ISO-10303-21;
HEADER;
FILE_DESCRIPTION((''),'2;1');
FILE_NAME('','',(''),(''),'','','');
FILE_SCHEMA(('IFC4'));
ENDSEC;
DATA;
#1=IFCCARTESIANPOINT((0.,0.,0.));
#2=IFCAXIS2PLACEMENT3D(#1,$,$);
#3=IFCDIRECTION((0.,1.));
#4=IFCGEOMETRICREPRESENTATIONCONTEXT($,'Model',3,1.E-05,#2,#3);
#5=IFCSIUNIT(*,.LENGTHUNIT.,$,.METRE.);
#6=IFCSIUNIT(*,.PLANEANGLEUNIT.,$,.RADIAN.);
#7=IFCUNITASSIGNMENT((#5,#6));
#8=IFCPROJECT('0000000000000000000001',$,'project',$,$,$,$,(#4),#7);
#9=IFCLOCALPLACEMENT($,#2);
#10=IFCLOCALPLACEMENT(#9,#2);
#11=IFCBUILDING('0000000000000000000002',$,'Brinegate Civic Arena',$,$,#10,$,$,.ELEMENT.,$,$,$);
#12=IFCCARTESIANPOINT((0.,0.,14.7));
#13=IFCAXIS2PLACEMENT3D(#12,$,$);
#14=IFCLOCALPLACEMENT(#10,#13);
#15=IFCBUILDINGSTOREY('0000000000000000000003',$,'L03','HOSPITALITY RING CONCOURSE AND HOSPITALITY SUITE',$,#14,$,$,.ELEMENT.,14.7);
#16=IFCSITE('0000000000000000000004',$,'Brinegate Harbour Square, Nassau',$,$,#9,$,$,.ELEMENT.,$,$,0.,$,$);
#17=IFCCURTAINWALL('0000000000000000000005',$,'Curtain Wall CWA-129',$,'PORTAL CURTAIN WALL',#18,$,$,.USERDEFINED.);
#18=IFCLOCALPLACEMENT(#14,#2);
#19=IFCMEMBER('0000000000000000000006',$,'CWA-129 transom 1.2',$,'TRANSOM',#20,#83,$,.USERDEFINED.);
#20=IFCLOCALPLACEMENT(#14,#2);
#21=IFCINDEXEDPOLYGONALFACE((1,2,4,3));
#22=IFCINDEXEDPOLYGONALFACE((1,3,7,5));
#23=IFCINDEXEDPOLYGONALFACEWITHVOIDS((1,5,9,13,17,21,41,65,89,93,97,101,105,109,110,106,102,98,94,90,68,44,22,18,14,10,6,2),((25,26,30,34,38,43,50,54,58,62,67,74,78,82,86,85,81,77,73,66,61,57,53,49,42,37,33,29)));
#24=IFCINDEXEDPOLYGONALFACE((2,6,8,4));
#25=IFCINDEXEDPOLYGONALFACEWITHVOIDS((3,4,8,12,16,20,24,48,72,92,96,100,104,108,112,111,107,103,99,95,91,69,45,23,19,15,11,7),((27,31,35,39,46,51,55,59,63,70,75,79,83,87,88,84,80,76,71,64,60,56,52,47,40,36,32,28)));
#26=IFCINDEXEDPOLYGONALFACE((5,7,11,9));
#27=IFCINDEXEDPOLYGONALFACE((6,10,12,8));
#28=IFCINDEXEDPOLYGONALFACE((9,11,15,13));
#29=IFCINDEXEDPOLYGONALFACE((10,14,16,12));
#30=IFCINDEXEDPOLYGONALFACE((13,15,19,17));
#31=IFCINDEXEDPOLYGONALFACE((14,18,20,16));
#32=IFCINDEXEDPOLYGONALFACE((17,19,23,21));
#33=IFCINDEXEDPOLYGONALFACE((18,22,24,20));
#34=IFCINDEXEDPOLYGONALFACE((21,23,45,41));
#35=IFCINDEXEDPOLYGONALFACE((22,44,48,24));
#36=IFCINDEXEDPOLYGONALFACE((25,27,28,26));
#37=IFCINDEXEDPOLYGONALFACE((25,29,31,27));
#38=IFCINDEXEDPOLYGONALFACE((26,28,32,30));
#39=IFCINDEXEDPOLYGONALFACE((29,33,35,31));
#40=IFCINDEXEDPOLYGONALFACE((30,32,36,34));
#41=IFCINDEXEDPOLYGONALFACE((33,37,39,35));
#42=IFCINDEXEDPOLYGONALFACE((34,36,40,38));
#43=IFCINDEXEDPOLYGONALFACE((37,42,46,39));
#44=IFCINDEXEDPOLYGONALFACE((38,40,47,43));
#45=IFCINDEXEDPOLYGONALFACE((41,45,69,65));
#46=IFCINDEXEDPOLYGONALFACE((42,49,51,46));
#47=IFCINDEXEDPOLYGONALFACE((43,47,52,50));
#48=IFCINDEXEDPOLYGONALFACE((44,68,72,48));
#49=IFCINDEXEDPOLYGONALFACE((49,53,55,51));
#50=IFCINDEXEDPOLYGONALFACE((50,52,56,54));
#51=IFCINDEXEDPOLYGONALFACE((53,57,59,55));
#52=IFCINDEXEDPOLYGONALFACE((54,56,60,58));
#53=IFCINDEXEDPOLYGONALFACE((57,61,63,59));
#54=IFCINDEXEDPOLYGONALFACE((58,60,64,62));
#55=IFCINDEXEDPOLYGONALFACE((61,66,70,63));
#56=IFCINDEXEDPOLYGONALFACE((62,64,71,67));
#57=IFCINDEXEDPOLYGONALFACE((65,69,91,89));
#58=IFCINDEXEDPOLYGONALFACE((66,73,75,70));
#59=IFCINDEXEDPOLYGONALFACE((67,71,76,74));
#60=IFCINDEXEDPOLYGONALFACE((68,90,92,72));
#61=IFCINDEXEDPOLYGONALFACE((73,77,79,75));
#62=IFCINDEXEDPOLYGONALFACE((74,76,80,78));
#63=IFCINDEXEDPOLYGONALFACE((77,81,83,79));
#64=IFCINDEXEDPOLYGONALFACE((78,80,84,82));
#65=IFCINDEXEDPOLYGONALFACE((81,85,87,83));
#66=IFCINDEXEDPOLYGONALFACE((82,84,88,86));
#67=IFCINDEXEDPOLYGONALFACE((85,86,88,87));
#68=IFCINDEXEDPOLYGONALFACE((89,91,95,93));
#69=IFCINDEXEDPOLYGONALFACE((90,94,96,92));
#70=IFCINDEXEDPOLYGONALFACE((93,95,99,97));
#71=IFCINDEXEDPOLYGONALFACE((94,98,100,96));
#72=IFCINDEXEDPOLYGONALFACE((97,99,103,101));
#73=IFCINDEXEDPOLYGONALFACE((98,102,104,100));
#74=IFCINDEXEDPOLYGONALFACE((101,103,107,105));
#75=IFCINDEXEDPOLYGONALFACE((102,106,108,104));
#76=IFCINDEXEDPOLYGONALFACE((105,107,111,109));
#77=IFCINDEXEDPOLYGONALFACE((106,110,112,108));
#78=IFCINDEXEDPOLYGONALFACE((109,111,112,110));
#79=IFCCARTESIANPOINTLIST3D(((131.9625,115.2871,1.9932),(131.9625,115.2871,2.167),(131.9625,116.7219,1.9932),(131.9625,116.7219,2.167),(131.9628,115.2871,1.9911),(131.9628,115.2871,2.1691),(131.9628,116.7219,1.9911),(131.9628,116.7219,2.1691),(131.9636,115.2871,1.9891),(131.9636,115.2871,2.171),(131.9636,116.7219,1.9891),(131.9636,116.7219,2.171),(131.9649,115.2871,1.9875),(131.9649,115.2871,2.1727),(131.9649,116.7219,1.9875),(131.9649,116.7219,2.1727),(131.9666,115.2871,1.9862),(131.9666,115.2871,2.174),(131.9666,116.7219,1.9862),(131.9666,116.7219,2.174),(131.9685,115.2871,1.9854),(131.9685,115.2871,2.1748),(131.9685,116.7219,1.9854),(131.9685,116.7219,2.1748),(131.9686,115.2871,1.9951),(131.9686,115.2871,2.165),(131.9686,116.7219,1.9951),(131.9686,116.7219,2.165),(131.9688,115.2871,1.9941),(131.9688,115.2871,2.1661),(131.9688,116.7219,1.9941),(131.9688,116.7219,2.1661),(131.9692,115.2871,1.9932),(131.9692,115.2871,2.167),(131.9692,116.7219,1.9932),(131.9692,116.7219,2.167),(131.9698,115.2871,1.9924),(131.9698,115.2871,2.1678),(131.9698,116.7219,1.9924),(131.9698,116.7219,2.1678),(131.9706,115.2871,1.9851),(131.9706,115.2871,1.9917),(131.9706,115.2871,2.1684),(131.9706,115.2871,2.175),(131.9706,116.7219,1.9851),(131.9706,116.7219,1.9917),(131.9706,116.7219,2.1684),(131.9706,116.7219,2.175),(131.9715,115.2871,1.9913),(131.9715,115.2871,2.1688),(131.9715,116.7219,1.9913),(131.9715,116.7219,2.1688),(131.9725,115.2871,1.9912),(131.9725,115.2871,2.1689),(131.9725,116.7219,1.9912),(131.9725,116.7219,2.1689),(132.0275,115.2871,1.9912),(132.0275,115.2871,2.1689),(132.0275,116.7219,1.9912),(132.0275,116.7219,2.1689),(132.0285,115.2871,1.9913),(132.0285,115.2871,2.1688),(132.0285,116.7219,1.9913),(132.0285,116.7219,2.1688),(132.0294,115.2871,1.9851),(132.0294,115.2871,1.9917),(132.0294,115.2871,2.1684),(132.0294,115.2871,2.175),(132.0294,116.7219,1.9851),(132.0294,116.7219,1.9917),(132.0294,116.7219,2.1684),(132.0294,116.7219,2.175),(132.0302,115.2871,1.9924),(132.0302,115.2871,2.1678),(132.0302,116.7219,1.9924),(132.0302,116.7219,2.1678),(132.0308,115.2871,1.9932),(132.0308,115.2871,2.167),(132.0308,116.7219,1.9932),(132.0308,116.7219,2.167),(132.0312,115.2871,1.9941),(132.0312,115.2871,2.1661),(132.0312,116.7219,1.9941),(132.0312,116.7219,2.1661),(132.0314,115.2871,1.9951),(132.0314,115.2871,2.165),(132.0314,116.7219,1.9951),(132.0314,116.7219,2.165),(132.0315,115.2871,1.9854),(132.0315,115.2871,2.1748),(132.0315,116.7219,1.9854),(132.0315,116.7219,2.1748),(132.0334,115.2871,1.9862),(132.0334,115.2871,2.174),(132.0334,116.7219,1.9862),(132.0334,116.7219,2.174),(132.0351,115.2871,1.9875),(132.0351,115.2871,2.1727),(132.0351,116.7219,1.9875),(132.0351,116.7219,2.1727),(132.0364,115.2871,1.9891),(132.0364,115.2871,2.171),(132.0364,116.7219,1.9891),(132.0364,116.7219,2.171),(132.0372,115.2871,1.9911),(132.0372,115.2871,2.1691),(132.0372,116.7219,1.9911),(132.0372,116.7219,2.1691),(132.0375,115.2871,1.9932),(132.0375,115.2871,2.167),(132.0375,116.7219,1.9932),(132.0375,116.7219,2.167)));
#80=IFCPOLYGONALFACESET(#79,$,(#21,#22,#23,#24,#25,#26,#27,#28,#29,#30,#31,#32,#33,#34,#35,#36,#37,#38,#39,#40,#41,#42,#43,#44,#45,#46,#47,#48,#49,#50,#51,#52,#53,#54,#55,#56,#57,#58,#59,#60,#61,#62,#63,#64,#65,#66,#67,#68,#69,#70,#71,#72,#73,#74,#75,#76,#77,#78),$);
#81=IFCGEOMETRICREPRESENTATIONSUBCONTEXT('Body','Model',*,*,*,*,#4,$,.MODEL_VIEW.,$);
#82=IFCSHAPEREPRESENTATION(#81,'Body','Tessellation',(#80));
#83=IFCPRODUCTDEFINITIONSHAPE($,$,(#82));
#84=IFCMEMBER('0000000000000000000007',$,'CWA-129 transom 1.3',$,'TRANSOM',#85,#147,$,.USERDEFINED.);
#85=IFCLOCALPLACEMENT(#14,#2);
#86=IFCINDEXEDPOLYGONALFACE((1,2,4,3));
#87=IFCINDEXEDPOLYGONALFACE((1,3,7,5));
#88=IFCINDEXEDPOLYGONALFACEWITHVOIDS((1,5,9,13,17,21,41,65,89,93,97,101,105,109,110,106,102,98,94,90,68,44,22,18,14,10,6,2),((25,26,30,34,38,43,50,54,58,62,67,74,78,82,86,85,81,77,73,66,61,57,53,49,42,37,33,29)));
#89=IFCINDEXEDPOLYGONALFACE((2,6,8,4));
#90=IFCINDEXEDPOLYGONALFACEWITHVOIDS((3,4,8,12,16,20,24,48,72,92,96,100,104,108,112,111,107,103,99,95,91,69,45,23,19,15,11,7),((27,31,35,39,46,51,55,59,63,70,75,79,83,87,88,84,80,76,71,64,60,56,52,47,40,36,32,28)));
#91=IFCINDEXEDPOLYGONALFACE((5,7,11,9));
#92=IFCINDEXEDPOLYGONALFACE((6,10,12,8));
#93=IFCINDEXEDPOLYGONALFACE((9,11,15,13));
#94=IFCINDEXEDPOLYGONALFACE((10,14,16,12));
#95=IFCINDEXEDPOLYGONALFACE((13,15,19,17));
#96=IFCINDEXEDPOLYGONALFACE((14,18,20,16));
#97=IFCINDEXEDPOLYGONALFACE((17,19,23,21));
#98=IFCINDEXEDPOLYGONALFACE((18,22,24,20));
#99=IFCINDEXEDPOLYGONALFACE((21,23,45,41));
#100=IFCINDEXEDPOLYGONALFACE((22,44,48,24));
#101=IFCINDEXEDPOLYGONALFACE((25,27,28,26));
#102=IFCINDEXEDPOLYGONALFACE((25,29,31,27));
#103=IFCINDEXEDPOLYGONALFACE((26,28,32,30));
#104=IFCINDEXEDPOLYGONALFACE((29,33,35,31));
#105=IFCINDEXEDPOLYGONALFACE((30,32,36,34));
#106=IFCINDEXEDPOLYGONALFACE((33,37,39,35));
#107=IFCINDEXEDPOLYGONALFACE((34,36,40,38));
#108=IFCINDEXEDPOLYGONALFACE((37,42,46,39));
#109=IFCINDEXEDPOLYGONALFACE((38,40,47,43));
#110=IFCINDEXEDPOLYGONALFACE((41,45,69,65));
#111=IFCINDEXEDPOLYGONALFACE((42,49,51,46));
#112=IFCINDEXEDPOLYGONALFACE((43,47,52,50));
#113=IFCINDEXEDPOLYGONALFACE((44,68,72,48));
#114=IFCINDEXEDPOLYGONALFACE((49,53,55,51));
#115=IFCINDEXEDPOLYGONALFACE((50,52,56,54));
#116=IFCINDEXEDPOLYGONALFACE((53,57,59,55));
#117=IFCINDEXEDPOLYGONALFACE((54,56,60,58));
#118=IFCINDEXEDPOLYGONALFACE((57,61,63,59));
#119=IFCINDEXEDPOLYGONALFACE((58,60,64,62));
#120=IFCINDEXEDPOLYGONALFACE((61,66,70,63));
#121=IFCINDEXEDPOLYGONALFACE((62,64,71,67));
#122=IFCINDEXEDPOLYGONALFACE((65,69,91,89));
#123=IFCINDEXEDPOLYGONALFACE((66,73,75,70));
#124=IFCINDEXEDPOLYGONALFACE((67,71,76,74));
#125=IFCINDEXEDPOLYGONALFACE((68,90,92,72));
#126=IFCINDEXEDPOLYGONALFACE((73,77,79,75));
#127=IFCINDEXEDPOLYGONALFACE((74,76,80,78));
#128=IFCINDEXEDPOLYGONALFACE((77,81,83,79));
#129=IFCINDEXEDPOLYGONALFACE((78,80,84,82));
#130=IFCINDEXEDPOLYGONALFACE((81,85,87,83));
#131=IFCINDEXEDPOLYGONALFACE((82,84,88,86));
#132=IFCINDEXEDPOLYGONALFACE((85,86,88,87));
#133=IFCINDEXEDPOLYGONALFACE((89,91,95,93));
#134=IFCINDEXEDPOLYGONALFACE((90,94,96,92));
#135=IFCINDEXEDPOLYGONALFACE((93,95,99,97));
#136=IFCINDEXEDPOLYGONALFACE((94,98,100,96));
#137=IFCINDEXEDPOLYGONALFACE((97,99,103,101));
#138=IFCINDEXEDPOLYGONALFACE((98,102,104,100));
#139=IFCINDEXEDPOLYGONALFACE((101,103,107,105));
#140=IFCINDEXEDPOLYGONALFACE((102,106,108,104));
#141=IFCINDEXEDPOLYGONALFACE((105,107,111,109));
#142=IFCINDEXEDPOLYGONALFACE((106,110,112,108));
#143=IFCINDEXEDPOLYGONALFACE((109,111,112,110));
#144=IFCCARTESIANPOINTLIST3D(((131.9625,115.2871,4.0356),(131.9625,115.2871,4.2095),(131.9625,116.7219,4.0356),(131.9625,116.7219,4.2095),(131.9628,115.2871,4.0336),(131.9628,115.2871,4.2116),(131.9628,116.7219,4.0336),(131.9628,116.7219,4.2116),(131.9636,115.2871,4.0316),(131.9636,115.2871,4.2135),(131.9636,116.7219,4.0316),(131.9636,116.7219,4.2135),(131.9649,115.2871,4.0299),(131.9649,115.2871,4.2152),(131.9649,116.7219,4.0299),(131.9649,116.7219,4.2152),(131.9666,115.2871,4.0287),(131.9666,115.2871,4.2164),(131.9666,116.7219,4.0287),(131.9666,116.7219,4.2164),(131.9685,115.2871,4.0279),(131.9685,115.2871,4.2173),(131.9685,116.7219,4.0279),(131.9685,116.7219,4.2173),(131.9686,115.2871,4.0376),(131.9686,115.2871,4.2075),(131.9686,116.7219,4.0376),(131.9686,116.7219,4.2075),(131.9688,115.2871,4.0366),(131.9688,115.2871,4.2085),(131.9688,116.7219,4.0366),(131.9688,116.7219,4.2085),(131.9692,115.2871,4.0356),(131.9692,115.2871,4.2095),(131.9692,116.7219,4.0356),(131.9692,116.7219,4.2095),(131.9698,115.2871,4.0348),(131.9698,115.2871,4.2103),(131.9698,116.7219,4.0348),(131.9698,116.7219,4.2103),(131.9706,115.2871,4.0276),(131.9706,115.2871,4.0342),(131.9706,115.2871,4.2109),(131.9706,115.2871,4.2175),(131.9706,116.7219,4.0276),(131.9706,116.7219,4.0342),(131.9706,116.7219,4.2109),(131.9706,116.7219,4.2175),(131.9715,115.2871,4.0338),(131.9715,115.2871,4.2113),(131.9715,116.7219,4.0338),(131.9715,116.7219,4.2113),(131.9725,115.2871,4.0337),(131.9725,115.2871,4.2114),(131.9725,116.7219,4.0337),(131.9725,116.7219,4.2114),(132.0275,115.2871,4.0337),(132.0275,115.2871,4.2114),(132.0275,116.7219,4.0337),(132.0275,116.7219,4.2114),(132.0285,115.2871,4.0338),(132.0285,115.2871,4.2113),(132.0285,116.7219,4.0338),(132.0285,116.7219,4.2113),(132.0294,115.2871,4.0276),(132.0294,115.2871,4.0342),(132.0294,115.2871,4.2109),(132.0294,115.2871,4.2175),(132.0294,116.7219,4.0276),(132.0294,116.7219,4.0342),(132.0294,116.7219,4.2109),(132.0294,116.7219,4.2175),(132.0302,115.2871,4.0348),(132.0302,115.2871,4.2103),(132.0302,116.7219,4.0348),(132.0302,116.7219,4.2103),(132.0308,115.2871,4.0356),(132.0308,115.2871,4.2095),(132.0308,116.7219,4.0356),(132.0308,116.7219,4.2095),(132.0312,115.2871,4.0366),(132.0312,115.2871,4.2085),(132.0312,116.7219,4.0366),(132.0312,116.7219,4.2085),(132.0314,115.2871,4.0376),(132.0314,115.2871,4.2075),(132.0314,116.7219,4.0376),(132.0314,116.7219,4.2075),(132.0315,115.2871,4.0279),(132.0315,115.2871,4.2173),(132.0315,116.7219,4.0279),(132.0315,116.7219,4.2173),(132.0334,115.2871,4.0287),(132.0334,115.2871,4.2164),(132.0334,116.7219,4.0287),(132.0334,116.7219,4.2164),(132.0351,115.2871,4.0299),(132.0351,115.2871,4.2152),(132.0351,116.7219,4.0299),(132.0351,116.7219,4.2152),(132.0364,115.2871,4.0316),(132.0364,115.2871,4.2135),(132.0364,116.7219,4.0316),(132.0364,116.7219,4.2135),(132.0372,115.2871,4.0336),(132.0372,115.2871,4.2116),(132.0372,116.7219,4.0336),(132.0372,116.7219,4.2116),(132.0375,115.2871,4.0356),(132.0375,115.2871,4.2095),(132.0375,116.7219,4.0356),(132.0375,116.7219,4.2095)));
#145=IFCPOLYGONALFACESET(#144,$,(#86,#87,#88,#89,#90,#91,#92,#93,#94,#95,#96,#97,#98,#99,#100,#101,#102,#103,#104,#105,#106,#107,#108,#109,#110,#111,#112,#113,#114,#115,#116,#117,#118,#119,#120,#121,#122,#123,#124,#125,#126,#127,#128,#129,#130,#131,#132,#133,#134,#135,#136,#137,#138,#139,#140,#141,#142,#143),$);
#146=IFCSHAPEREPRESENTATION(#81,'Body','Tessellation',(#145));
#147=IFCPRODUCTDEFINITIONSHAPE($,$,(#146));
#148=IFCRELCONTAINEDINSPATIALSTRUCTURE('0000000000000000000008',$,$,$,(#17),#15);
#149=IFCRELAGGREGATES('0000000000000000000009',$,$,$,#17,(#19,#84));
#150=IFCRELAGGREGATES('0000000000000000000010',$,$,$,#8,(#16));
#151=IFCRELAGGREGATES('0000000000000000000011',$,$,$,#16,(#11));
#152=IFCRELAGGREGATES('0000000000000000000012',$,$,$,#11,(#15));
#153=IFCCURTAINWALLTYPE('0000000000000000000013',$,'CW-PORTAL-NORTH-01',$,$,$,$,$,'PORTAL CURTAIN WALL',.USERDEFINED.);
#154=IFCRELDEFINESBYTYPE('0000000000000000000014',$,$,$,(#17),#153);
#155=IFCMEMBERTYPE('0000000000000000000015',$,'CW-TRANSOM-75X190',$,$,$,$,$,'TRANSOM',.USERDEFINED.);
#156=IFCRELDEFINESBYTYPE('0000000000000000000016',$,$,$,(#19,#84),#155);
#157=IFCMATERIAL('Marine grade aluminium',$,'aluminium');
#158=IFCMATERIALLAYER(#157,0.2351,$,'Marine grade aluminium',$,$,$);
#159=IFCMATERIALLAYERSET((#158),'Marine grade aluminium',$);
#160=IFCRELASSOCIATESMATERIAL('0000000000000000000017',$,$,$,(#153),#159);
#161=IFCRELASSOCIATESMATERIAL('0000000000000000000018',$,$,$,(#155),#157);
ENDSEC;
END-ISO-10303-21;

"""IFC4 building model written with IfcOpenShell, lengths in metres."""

from ifc_helpers import new_model, si_unit, direction, frame, origin, origin_2d, place, context, subcontext, project, spatial, hollow_rectangle, extrude, material, layer, layer_set, material_profile, profile_set, type_object, element, aggregate, save


model = new_model("IFC4")

# Units and contexts
model_context = context("Model", 3, precision=1e-05, world=origin(), true_north=direction((0.0, 1.0)))
body_context = subcontext(model_context, "Body", "Model", "MODEL_VIEW")
ifc_project = project(units=[si_unit("LENGTHUNIT", "METRE"), si_unit("PLANEANGLEUNIT", "RADIAN")], contexts=[model_context])

# Site, building, storey
site_placement = place(None, origin())
site = spatial("IfcSite", under=ifc_project, at=site_placement, Name="Brinegate Harbour Square, Nassau", CompositionType="ELEMENT", RefElevation=0.0)
building_placement = place(site_placement, origin())
building = spatial("IfcBuilding", under=site, at=building_placement, Name="Brinegate Civic Arena", CompositionType="ELEMENT")
storey_placement = place(building_placement, frame((0.0, 0.0, 14.7)))
storey = spatial("IfcBuildingStorey", under=building, at=storey_placement, Name="L03", Description="HOSPITALITY RING CONCOURSE AND HOSPITALITY SUITE", CompositionType="ELEMENT", Elevation=14.7)

# Curtain wall, members
ifc_material_1 = material(Name="Marine grade aluminium", Category="aluminium")
ifc_layer_1 = layer(ifc_material_1, 0.2351, Name="Marine grade aluminium")
ifc_layer_set_1 = layer_set([ifc_layer_1], Name="Marine grade aluminium")
curtain_wall_type = type_object("IfcCurtainWallType", Name="CW-PORTAL-NORTH-01", ElementType="PORTAL CURTAIN WALL", PredefinedType="USERDEFINED", material=ifc_layer_set_1)
curtain_wall_placement = place(storey_placement, origin())
curtain_wall = element("IfcCurtainWall", 1, at=curtain_wall_placement, inside=storey, type_object=curtain_wall_type, Name="Curtain Wall CWA-129", ObjectType="PORTAL CURTAIN WALL", PredefinedType="USERDEFINED")
ifc_material_profile_1 = material_profile(ifc_material_1, hollow_rectangle(XDim=0.075, YDim=0.1899, WallThickness=0.0061, InnerFilletRadius=0.0039, OuterFilletRadius=0.0081, at=origin_2d()), Name="TRN75X190")
ifc_profile_set_1 = profile_set([ifc_material_profile_1], Name="Marine grade aluminium")
member_type_1 = type_object("IfcMemberType", Name="CW-TRANSOM-75X190", ElementType="TRANSOM", PredefinedType="USERDEFINED", material=ifc_profile_set_1)
member_1_placement = place(storey_placement, frame((132.0, 115.2871, 2.0801), z_axis=(0.0, 1.0, 0.0), x_axis=(-1.0, 0.0, 0.0)))
member_1 = element("IfcMember", 2, at=member_1_placement, type_object=member_type_1, Name="CWA-129 transom 1.2", ObjectType="TRANSOM", PredefinedType="USERDEFINED", context=body_context, shape_type="SweptSolid", body=[
    extrude(hollow_rectangle(XDim=0.075, YDim=0.1899, WallThickness=0.0061, InnerFilletRadius=0.0039, OuterFilletRadius=0.0081, at=origin_2d()), origin(), (0.0, 0.0, 1.0), 1.4348),
])
member_2_placement = place(storey_placement, frame((132.0, 115.2871, 4.1226), z_axis=(0.0, 1.0, 0.0), x_axis=(-1.0, 0.0, 0.0)))
member_2 = element("IfcMember", 3, at=member_2_placement, type_object=member_type_1, Name="CWA-129 transom 1.3", ObjectType="TRANSOM", PredefinedType="USERDEFINED", context=body_context, shape_type="SweptSolid", body=[
    extrude(hollow_rectangle(XDim=0.075, YDim=0.1899, WallThickness=0.0061, InnerFilletRadius=0.0039, OuterFilletRadius=0.0081, at=origin_2d()), origin(), (0.0, 0.0, 1.0), 1.4348),
])

aggregate(curtain_wall, [member_1, member_2])

save(model, "model.ifc")
